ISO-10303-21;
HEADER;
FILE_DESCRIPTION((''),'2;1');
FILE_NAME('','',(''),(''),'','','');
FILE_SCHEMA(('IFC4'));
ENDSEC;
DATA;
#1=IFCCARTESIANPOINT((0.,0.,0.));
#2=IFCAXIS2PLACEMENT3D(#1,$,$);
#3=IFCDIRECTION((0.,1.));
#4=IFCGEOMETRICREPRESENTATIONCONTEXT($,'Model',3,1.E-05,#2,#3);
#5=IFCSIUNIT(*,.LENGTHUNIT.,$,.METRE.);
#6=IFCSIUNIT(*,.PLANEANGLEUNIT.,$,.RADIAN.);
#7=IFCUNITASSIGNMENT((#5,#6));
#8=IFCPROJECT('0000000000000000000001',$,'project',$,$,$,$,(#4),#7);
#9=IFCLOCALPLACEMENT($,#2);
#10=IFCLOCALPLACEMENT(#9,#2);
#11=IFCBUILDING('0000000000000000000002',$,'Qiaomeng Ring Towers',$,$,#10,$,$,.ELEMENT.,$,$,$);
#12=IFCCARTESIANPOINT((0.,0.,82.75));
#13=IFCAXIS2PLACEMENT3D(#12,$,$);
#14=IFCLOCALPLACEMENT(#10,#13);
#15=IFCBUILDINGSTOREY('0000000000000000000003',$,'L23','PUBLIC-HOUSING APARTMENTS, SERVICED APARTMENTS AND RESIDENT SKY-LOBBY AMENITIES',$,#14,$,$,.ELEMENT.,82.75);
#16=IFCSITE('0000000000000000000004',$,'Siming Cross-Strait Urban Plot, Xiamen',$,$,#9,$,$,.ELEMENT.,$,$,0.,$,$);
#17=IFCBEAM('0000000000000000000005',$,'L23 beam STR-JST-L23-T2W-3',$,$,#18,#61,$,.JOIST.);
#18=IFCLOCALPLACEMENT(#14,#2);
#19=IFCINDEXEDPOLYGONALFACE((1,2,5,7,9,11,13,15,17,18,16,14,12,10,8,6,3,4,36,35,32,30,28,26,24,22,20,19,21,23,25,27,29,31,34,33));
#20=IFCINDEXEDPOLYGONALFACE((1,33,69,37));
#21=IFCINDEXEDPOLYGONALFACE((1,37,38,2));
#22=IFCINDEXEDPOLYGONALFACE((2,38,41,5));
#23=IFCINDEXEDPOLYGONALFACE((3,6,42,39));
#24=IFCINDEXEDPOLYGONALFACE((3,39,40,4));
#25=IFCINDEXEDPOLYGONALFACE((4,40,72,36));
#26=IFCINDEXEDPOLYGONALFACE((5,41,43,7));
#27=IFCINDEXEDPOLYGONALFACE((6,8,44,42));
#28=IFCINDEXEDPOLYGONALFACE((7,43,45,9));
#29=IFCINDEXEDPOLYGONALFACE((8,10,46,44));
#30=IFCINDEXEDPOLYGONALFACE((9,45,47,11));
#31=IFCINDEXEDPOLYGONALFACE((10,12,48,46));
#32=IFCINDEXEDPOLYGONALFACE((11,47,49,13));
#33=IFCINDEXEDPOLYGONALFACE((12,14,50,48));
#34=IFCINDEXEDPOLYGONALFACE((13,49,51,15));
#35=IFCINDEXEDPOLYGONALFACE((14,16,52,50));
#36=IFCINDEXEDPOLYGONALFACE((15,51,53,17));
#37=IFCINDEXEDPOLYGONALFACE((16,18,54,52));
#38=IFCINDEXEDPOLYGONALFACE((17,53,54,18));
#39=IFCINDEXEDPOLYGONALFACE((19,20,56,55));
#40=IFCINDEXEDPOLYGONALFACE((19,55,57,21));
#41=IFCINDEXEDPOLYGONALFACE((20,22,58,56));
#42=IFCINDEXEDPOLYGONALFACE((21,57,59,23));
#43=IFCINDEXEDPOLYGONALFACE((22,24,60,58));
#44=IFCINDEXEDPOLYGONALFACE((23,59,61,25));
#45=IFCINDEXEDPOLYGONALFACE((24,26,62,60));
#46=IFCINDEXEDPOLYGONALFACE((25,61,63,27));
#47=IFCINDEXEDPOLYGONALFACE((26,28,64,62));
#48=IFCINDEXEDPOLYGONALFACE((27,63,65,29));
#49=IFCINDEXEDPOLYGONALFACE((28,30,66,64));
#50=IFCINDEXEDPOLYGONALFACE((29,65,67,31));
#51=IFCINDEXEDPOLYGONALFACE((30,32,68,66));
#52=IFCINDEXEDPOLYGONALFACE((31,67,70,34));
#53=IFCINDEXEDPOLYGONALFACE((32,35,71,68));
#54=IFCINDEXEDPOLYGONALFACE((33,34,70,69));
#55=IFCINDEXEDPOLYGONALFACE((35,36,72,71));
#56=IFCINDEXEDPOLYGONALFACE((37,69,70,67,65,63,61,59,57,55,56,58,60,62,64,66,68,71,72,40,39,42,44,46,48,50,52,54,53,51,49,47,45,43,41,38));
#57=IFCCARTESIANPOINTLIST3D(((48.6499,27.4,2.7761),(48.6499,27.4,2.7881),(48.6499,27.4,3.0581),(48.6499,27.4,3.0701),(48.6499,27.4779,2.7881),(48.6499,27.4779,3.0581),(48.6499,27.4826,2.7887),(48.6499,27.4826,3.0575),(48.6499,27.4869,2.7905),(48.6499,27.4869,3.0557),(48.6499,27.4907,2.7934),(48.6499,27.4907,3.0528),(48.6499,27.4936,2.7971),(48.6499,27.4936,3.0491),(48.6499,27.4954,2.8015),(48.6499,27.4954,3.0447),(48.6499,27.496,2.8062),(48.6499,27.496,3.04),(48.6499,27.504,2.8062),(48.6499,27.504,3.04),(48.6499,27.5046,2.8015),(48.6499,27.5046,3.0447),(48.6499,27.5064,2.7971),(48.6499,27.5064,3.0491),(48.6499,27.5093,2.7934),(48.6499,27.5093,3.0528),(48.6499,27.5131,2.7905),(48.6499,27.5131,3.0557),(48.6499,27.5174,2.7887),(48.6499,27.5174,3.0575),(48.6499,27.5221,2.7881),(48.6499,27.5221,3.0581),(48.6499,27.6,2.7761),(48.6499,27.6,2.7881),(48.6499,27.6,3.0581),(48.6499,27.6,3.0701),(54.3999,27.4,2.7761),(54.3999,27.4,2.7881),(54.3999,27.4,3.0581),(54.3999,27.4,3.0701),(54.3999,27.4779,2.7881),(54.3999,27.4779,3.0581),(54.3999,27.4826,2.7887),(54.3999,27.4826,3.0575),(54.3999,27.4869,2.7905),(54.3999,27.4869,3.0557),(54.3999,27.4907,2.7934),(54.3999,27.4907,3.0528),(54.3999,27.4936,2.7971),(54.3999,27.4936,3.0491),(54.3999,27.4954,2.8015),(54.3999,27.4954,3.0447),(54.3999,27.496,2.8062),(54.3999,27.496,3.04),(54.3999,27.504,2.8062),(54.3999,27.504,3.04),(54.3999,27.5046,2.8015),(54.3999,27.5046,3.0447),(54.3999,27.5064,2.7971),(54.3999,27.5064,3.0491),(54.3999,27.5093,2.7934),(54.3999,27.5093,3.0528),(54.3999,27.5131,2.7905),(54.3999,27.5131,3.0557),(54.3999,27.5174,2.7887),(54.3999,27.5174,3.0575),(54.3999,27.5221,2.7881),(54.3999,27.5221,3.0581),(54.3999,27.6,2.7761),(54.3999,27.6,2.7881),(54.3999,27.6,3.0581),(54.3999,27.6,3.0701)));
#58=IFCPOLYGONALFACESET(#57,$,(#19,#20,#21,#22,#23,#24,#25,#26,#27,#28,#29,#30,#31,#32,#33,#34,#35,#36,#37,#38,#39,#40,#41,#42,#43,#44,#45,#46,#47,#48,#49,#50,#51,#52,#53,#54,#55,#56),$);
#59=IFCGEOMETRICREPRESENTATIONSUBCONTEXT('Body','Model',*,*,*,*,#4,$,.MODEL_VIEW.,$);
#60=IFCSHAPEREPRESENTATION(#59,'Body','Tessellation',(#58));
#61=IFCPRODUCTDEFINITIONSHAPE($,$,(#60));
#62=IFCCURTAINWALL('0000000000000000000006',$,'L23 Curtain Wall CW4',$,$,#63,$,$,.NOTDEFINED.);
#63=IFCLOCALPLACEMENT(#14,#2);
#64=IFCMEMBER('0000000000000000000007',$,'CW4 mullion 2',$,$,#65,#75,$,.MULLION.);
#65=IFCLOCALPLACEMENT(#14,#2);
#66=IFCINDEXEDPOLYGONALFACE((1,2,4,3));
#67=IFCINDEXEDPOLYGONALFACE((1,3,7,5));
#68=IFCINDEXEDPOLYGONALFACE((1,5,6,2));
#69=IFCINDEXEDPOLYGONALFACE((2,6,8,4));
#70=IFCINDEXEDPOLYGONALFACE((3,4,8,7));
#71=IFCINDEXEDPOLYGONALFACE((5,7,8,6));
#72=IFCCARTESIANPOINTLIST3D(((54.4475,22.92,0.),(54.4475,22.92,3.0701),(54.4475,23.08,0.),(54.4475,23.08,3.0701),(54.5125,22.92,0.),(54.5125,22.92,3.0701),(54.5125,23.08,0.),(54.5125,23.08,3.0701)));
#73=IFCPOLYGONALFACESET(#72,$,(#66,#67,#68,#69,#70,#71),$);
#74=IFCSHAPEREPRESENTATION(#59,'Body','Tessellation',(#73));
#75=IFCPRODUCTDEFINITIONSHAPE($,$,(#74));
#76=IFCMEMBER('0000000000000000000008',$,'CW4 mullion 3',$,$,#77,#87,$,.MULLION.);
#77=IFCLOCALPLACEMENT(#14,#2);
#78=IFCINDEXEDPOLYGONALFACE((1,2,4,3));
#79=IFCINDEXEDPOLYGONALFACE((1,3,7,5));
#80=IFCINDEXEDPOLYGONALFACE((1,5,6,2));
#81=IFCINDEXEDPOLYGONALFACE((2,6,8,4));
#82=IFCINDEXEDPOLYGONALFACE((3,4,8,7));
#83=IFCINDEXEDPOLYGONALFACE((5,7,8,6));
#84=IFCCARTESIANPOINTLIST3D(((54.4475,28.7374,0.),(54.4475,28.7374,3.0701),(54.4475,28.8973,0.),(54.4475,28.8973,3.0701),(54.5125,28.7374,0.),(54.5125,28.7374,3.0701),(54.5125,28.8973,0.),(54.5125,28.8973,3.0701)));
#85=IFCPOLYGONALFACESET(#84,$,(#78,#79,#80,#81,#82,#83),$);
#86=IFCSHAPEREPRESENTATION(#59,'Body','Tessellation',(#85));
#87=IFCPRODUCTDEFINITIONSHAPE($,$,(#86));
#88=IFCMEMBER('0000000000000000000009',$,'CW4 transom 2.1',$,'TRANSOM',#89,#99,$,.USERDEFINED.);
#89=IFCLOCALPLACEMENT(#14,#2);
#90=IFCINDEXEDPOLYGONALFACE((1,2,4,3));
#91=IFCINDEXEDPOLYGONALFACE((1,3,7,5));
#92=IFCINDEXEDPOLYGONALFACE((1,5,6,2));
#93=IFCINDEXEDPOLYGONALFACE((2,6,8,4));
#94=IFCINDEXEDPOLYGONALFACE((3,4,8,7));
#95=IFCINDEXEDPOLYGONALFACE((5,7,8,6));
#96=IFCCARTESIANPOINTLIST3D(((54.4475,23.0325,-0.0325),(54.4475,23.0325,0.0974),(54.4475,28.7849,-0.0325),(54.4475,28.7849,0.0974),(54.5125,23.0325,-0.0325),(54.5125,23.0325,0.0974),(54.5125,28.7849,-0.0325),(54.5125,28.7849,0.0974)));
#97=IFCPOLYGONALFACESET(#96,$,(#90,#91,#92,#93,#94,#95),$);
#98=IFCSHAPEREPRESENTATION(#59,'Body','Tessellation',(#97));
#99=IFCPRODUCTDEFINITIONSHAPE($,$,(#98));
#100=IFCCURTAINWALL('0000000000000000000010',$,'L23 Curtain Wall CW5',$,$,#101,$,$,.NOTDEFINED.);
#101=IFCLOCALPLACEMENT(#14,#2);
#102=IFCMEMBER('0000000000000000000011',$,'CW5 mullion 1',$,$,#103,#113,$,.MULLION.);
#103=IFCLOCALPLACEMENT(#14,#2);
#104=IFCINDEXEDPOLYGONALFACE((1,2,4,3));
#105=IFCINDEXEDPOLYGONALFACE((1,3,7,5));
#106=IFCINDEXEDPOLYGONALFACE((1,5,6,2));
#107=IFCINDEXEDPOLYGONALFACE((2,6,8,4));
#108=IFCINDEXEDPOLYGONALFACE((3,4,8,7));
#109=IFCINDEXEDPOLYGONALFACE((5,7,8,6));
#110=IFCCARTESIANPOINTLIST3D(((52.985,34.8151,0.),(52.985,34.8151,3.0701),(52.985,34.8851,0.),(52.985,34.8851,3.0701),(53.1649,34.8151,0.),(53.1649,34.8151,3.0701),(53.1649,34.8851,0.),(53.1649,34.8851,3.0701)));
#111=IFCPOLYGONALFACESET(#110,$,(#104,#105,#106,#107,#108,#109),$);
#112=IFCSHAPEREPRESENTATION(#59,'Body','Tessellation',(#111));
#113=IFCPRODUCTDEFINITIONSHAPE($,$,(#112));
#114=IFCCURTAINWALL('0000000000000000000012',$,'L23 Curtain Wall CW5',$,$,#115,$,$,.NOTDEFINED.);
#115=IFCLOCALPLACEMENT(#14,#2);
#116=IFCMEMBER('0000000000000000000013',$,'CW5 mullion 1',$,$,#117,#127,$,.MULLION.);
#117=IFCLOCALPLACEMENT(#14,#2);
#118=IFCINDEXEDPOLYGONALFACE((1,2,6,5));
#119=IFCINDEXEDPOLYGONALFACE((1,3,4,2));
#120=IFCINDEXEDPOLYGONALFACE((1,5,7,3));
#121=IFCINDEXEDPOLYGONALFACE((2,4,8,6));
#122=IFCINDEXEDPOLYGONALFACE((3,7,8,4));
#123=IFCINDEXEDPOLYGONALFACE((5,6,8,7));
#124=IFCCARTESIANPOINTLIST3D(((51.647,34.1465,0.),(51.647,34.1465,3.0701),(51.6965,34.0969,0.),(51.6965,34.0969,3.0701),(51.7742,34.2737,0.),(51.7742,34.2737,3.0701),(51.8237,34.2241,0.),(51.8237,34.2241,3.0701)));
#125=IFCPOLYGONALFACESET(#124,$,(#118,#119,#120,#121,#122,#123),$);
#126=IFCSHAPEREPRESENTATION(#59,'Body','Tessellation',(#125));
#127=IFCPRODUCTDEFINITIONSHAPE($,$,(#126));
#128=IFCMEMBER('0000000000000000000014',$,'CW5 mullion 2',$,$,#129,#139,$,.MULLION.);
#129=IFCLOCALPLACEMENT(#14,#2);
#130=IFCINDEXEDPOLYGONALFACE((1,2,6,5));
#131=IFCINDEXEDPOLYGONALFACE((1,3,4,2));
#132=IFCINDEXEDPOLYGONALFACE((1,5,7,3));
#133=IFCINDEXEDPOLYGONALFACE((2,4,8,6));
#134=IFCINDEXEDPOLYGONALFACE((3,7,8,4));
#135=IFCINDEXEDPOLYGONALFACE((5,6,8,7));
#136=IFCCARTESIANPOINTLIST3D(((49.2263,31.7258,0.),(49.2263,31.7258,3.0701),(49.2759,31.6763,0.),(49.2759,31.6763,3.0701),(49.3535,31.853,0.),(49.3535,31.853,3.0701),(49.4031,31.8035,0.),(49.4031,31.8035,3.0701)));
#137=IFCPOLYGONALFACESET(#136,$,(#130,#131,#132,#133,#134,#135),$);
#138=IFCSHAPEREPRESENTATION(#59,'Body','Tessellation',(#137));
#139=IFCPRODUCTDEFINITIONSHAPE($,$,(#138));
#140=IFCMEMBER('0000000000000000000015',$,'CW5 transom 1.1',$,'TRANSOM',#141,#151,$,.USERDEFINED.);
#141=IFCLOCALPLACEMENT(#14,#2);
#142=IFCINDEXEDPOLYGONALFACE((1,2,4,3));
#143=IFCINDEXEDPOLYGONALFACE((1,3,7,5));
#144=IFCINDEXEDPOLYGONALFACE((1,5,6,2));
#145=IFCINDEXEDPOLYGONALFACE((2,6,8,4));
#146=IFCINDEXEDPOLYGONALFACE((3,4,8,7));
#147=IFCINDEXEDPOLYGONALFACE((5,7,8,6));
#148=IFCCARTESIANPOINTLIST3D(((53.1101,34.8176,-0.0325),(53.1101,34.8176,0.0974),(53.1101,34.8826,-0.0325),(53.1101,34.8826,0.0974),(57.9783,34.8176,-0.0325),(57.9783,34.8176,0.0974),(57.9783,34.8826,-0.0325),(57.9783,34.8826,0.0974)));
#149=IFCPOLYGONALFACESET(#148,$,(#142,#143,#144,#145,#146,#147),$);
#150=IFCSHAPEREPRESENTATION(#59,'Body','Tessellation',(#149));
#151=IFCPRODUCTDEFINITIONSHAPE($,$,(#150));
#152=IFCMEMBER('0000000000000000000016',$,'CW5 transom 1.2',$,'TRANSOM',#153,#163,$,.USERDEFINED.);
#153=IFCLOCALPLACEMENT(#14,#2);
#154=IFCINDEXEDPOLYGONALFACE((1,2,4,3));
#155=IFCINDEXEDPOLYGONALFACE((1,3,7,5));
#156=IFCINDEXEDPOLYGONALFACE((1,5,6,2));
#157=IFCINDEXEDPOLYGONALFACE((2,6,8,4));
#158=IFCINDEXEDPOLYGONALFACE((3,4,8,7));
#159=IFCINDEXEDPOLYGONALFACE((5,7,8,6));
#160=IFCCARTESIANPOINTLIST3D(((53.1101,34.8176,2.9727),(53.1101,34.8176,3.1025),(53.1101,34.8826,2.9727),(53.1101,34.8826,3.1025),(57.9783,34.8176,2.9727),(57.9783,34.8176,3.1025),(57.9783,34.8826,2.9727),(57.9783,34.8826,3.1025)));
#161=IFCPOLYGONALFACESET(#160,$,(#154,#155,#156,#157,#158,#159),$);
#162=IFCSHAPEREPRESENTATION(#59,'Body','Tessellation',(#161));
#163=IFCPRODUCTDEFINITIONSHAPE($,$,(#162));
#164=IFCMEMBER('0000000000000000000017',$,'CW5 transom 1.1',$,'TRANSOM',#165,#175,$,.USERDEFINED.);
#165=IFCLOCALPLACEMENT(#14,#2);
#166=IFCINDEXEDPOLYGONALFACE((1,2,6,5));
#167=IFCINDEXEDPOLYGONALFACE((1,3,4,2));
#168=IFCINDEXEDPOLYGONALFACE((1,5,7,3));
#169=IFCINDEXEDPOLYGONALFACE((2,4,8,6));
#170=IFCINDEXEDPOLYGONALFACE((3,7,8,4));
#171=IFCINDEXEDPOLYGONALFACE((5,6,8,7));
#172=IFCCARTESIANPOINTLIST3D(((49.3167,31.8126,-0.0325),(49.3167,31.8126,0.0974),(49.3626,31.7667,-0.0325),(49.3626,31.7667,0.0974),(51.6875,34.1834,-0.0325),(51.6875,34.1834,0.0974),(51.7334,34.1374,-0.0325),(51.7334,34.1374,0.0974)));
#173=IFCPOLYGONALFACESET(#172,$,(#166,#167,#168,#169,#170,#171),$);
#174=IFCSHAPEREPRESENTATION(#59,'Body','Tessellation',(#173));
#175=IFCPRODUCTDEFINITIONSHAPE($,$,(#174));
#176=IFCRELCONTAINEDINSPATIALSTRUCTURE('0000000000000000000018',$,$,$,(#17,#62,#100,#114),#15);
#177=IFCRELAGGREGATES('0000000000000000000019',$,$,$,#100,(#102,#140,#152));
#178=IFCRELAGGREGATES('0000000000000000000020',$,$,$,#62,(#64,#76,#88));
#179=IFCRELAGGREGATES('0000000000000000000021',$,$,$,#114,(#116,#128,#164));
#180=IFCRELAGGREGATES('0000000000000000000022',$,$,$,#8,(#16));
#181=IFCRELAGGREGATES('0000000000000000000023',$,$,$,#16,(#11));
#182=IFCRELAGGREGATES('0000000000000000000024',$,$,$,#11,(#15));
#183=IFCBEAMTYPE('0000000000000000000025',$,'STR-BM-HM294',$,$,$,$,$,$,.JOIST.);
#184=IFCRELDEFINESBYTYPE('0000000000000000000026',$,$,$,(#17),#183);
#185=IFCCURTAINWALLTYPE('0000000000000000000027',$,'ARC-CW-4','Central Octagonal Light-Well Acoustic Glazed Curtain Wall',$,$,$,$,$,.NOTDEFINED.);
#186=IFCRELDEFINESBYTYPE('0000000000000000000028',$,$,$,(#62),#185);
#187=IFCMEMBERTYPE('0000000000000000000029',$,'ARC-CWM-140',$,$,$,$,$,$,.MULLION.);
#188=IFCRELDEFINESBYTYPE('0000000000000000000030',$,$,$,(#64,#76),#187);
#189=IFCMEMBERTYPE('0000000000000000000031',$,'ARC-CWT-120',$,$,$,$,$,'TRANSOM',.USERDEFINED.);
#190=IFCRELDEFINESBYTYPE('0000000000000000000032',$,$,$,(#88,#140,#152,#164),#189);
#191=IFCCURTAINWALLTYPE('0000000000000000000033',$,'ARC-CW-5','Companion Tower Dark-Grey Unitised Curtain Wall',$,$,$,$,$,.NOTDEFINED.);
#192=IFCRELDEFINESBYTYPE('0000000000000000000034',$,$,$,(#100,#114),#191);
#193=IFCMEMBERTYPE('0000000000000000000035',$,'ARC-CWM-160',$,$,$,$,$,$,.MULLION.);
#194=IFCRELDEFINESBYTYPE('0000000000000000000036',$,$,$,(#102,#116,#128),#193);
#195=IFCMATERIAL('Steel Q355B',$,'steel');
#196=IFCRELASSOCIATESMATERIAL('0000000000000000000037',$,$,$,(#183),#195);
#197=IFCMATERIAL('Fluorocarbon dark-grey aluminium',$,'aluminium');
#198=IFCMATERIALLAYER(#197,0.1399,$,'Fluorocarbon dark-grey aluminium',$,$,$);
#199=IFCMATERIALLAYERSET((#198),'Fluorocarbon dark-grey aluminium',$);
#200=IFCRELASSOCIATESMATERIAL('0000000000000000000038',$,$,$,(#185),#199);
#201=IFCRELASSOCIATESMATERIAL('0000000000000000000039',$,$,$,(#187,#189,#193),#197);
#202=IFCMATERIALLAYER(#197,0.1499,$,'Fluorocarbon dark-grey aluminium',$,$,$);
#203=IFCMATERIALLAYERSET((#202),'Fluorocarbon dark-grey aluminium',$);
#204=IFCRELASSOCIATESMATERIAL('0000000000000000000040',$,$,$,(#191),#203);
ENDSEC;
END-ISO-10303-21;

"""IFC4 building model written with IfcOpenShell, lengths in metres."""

from ifc_helpers import new_model, si_unit, direction, frame, origin, origin_2d, place, context, subcontext, project, spatial, rectangle, i_section, extrude, source, transform, mapped, material, layer, layer_set, material_profile, profile_set, type_object, element, aggregate, save


model = new_model("IFC4")

# Units and contexts
model_context = context("Model", 3, precision=1e-05, world=origin(), true_north=direction((0.0, 1.0)))
body_context = subcontext(model_context, "Body", "Model", "MODEL_VIEW")
ifc_project = project(units=[si_unit("LENGTHUNIT", "METRE"), si_unit("PLANEANGLEUNIT", "RADIAN")], contexts=[model_context])

# Site, building, storey
site_placement = place(None, origin())
site = spatial("IfcSite", under=ifc_project, at=site_placement, Name="Siming Cross-Strait Urban Plot, Xiamen", CompositionType="ELEMENT", RefElevation=0.0)
building_placement = place(site_placement, origin())
building = spatial("IfcBuilding", under=site, at=building_placement, Name="Qiaomeng Ring Towers", CompositionType="ELEMENT")
storey_placement = place(building_placement, frame((0.0, 0.0, 82.75)))
storey = spatial("IfcBuildingStorey", under=building, at=storey_placement, Name="L23", Description="PUBLIC-HOUSING APARTMENTS, SERVICED APARTMENTS AND RESIDENT SKY-LOBBY AMENITIES", CompositionType="ELEMENT", Elevation=82.75)

# Beam
ifc_material_1 = material(Name="Steel Q355B", Category="steel")
ifc_material_profile_1 = material_profile(ifc_material_1, i_section(OverallWidth=0.2, OverallDepth=0.2939, WebThickness=0.0081, FlangeThickness=0.012, FilletRadius=0.0181, at=origin_2d()), Name="HM 294x200x8x12")
ifc_profile_set_1 = profile_set([ifc_material_profile_1], Name="Steel Q355B")
beam_type_1 = type_object("IfcBeamType", Name="STR-BM-HM294", PredefinedType="JOIST", material=ifc_profile_set_1)
shared_shape_1 = source(origin(), body_context, "Body", "SweptSolid", [
    extrude(i_section(OverallWidth=0.2, OverallDepth=0.2939, WebThickness=0.0081, FlangeThickness=0.012, FilletRadius=0.0181, at=origin_2d()), origin(), (0.0, 0.0, 1.0), 5.75),
])
beam_1_placement = place(storey_placement, frame((48.6499, 27.5, 2.9231), z_axis=(1.0, 0.0, 0.0), x_axis=(0.0, 1.0, 0.0)))
element("IfcBeam", 1, at=beam_1_placement, inside=storey, type_object=beam_type_1, Name="L23 beam STR-JST-L23-T2W-3", PredefinedType="JOIST", context=body_context, shape_type="MappedRepresentation", body=[
    mapped(shared_shape_1, transform((0.0, 0.0, 0.0), x_axis=(1.0, 0.0, 0.0), y_axis=(0.0, 1.0, 0.0), z_axis=(0.0, 0.0, 1.0), scale=1.0)),
])

# Curtain wall, members
ifc_material_2 = material(Name="Fluorocarbon dark-grey aluminium", Category="aluminium")
ifc_layer_1 = layer(ifc_material_2, 0.1399, Name="Fluorocarbon dark-grey aluminium")
ifc_layer_set_1 = layer_set([ifc_layer_1], Name="Fluorocarbon dark-grey aluminium")
curtain_wall_type_1 = type_object("IfcCurtainWallType", Name="ARC-CW-4", Description="Central Octagonal Light-Well Acoustic Glazed Curtain Wall", PredefinedType="NOTDEFINED", material=ifc_layer_set_1)
curtain_wall_1_placement = place(storey_placement, origin())
curtain_wall_1 = element("IfcCurtainWall", 2, at=curtain_wall_1_placement, inside=storey, type_object=curtain_wall_type_1, Name="L23 Curtain Wall CW4", PredefinedType="NOTDEFINED")
ifc_material_profile_2 = material_profile(ifc_material_2, rectangle(XDim=0.0649, YDim=0.1599, at=origin_2d()), Name="ALU MULL 65x160")
ifc_profile_set_2 = profile_set([ifc_material_profile_2], Name="Fluorocarbon dark-grey aluminium")
member_type_1 = type_object("IfcMemberType", Name="ARC-CWM-140", PredefinedType="MULLION", material=ifc_profile_set_2)
shared_shape_2 = source(origin(), body_context, "Body", "SweptSolid", [
    extrude(rectangle(XDim=0.0649, YDim=0.1599, at=origin_2d()), origin(), (0.0, 0.0, 1.0), 3.0701),
])
member_1_placement = place(storey_placement, frame((54.48, 23.0, 0.0), z_axis=(0.0, 0.0, 1.0), x_axis=(-1.0, 0.0, 0.0)))
member_1 = element("IfcMember", 3, at=member_1_placement, type_object=member_type_1, Name="CW4 mullion 2", PredefinedType="MULLION", context=body_context, shape_type="MappedRepresentation", body=[
    mapped(shared_shape_2, transform((0.0, 0.0, 0.0), x_axis=(1.0, 0.0, 0.0), y_axis=(0.0, 1.0, 0.0), z_axis=(0.0, 0.0, 1.0), scale=1.0)),
])
member_2_placement = place(storey_placement, frame((54.48, 28.8174, 0.0), z_axis=(0.0, 0.0, 1.0), x_axis=(-1.0, 0.0, 0.0)))
member_2 = element("IfcMember", 4, at=member_2_placement, type_object=member_type_1, Name="CW4 mullion 3", PredefinedType="MULLION", context=body_context, shape_type="MappedRepresentation", body=[
    mapped(shared_shape_2, transform((0.0, 0.0, 0.0), x_axis=(1.0, 0.0, 0.0), y_axis=(0.0, 1.0, 0.0), z_axis=(0.0, 0.0, 1.0), scale=1.0)),
])
ifc_material_profile_3 = material_profile(ifc_material_2, rectangle(XDim=0.0649, YDim=0.1299, at=origin_2d()), Name="ALU TRAN 65x130")
ifc_profile_set_3 = profile_set([ifc_material_profile_3], Name="Fluorocarbon dark-grey aluminium")
member_type_2 = type_object("IfcMemberType", Name="ARC-CWT-120", ElementType="TRANSOM", PredefinedType="USERDEFINED", material=ifc_profile_set_3)
shared_shape_3 = source(origin(), body_context, "Body", "SweptSolid", [
    extrude(rectangle(XDim=0.0649, YDim=0.1299, at=origin_2d()), origin(), (0.0, 0.0, 1.0), 5.7524),
])
member_3_placement = place(storey_placement, frame((54.48, 23.0325, 0.0325), z_axis=(0.0, 1.0, 0.0), x_axis=(-1.0, 0.0, 0.0)))
member_3 = element("IfcMember", 5, at=member_3_placement, type_object=member_type_2, Name="CW4 transom 2.1", ObjectType="TRANSOM", PredefinedType="USERDEFINED", context=body_context, shape_type="MappedRepresentation", body=[
    mapped(shared_shape_3, transform((0.0, 0.0, 0.0), x_axis=(1.0, 0.0, 0.0), y_axis=(0.0, 1.0, 0.0), z_axis=(0.0, 0.0, 1.0), scale=1.0)),
])

# Curtain wall, member
ifc_layer_2 = layer(ifc_material_2, 0.1499, Name="Fluorocarbon dark-grey aluminium")
ifc_layer_set_2 = layer_set([ifc_layer_2], Name="Fluorocarbon dark-grey aluminium")
curtain_wall_type_2 = type_object("IfcCurtainWallType", Name="ARC-CW-5", Description="Companion Tower Dark-Grey Unitised Curtain Wall", PredefinedType="NOTDEFINED", material=ifc_layer_set_2)
curtain_wall_2_placement = place(storey_placement, origin())
curtain_wall_2 = element("IfcCurtainWall", 6, at=curtain_wall_2_placement, inside=storey, type_object=curtain_wall_type_2, Name="L23 Curtain Wall CW5", PredefinedType="NOTDEFINED")
ifc_material_profile_4 = material_profile(ifc_material_2, rectangle(XDim=0.0701, YDim=0.1799, at=origin_2d()), Name="ALU MULL 70x180")
ifc_profile_set_4 = profile_set([ifc_material_profile_4], Name="Fluorocarbon dark-grey aluminium")
member_type_3 = type_object("IfcMemberType", Name="ARC-CWM-160", PredefinedType="MULLION", material=ifc_profile_set_4)
shared_shape_4 = source(origin(), body_context, "Body", "SweptSolid", [
    extrude(rectangle(XDim=0.0701, YDim=0.1799, at=origin_2d()), origin(), (0.0, 0.0, 1.0), 3.0701),
])
member_4_placement = place(storey_placement, frame((53.075, 34.8501, 0.0), z_axis=(0.0, 0.0, 1.0), x_axis=(0.0, 1.0, 0.0)))
member_4 = element("IfcMember", 7, at=member_4_placement, type_object=member_type_3, Name="CW5 mullion 1", PredefinedType="MULLION", context=body_context, shape_type="MappedRepresentation", body=[
    mapped(shared_shape_4, transform((0.0, 0.0, 0.0), x_axis=(1.0, 0.0, 0.0), y_axis=(0.0, 1.0, 0.0), z_axis=(0.0, 0.0, 1.0), scale=1.0)),
])

# Curtain wall, members
curtain_wall_3_placement = place(storey_placement, origin())
curtain_wall_3 = element("IfcCurtainWall", 8, at=curtain_wall_3_placement, inside=storey, type_object=curtain_wall_type_2, Name="L23 Curtain Wall CW5", PredefinedType="NOTDEFINED")
member_5_placement = place(storey_placement, frame((51.7354, 34.1853, 0.0), z_axis=(0.0, 0.0, 1.0), x_axis=(0.707107, -0.707107, 0.0)))
member_5 = element("IfcMember", 9, at=member_5_placement, type_object=member_type_3, Name="CW5 mullion 1", PredefinedType="MULLION", context=body_context, shape_type="MappedRepresentation", body=[
    mapped(shared_shape_4, transform((0.0, 0.0, 0.0), x_axis=(1.0, 0.0, 0.0), y_axis=(0.0, 1.0, 0.0), z_axis=(0.0, 0.0, 1.0), scale=1.0)),
])
member_6_placement = place(storey_placement, frame((49.3147, 31.7646, 0.0), z_axis=(0.0, 0.0, 1.0), x_axis=(0.707107, -0.707107, 0.0)))
member_6 = element("IfcMember", 10, at=member_6_placement, type_object=member_type_3, Name="CW5 mullion 2", PredefinedType="MULLION", context=body_context, shape_type="MappedRepresentation", body=[
    mapped(shared_shape_4, transform((0.0, 0.0, 0.0), x_axis=(1.0, 0.0, 0.0), y_axis=(0.0, 1.0, 0.0), z_axis=(0.0, 0.0, 1.0), scale=1.0)),
])

# Members
shared_shape_5 = source(origin(), body_context, "Body", "SweptSolid", [
    extrude(rectangle(XDim=0.0649, YDim=0.1299, at=origin_2d()), origin(), (0.0, 0.0, 1.0), 4.8682),
])
member_7_placement = place(storey_placement, frame((53.1101, 34.8501, 0.0325), z_axis=(1.0, 0.0, 0.0), x_axis=(0.0, 1.0, 0.0)))
member_7 = element("IfcMember", 11, at=member_7_placement, type_object=member_type_2, Name="CW5 transom 1.1", ObjectType="TRANSOM", PredefinedType="USERDEFINED", context=body_context, shape_type="MappedRepresentation", body=[
    mapped(shared_shape_5, transform((0.0, 0.0, 0.0), x_axis=(1.0, 0.0, 0.0), y_axis=(0.0, 1.0, 0.0), z_axis=(0.0, 0.0, 1.0), scale=1.0)),
])
member_8_placement = place(storey_placement, frame((53.1101, 34.8501, 3.0376), z_axis=(1.0, 0.0, 0.0), x_axis=(0.0, 1.0, 0.0)))
member_8 = element("IfcMember", 12, at=member_8_placement, type_object=member_type_2, Name="CW5 transom 1.2", ObjectType="TRANSOM", PredefinedType="USERDEFINED", context=body_context, shape_type="MappedRepresentation", body=[
    mapped(shared_shape_5, transform((0.0, 0.0, 0.0), x_axis=(1.0, 0.0, 0.0), y_axis=(0.0, 1.0, 0.0), z_axis=(0.0, 0.0, 1.0), scale=1.0)),
])
aggregate(curtain_wall_2, [member_4, member_7, member_8])
shared_shape_6 = source(origin(), body_context, "Body", "SweptSolid", [
    extrude(rectangle(XDim=0.0649, YDim=0.1299, at=origin_2d()), origin(), (0.0, 0.0, 1.0), 3.3528),
])
member_9_placement = place(storey_placement, frame((51.7104, 34.1604, 0.0325), z_axis=(-0.707107, -0.707107, 0.0), x_axis=(0.707107, -0.707107, 0.0)))
member_9 = element("IfcMember", 13, at=member_9_placement, type_object=member_type_2, Name="CW5 transom 1.1", ObjectType="TRANSOM", PredefinedType="USERDEFINED", context=body_context, shape_type="MappedRepresentation", body=[
    mapped(shared_shape_6, transform((0.0, 0.0, 0.0), x_axis=(1.0, 0.0, 0.0), y_axis=(0.0, 1.0, 0.0), z_axis=(0.0, 0.0, 1.0), scale=1.0)),
])

aggregate(curtain_wall_1, [member_1, member_2, member_3])
aggregate(curtain_wall_3, [member_5, member_6, member_9])

save(model, "model.ifc")
